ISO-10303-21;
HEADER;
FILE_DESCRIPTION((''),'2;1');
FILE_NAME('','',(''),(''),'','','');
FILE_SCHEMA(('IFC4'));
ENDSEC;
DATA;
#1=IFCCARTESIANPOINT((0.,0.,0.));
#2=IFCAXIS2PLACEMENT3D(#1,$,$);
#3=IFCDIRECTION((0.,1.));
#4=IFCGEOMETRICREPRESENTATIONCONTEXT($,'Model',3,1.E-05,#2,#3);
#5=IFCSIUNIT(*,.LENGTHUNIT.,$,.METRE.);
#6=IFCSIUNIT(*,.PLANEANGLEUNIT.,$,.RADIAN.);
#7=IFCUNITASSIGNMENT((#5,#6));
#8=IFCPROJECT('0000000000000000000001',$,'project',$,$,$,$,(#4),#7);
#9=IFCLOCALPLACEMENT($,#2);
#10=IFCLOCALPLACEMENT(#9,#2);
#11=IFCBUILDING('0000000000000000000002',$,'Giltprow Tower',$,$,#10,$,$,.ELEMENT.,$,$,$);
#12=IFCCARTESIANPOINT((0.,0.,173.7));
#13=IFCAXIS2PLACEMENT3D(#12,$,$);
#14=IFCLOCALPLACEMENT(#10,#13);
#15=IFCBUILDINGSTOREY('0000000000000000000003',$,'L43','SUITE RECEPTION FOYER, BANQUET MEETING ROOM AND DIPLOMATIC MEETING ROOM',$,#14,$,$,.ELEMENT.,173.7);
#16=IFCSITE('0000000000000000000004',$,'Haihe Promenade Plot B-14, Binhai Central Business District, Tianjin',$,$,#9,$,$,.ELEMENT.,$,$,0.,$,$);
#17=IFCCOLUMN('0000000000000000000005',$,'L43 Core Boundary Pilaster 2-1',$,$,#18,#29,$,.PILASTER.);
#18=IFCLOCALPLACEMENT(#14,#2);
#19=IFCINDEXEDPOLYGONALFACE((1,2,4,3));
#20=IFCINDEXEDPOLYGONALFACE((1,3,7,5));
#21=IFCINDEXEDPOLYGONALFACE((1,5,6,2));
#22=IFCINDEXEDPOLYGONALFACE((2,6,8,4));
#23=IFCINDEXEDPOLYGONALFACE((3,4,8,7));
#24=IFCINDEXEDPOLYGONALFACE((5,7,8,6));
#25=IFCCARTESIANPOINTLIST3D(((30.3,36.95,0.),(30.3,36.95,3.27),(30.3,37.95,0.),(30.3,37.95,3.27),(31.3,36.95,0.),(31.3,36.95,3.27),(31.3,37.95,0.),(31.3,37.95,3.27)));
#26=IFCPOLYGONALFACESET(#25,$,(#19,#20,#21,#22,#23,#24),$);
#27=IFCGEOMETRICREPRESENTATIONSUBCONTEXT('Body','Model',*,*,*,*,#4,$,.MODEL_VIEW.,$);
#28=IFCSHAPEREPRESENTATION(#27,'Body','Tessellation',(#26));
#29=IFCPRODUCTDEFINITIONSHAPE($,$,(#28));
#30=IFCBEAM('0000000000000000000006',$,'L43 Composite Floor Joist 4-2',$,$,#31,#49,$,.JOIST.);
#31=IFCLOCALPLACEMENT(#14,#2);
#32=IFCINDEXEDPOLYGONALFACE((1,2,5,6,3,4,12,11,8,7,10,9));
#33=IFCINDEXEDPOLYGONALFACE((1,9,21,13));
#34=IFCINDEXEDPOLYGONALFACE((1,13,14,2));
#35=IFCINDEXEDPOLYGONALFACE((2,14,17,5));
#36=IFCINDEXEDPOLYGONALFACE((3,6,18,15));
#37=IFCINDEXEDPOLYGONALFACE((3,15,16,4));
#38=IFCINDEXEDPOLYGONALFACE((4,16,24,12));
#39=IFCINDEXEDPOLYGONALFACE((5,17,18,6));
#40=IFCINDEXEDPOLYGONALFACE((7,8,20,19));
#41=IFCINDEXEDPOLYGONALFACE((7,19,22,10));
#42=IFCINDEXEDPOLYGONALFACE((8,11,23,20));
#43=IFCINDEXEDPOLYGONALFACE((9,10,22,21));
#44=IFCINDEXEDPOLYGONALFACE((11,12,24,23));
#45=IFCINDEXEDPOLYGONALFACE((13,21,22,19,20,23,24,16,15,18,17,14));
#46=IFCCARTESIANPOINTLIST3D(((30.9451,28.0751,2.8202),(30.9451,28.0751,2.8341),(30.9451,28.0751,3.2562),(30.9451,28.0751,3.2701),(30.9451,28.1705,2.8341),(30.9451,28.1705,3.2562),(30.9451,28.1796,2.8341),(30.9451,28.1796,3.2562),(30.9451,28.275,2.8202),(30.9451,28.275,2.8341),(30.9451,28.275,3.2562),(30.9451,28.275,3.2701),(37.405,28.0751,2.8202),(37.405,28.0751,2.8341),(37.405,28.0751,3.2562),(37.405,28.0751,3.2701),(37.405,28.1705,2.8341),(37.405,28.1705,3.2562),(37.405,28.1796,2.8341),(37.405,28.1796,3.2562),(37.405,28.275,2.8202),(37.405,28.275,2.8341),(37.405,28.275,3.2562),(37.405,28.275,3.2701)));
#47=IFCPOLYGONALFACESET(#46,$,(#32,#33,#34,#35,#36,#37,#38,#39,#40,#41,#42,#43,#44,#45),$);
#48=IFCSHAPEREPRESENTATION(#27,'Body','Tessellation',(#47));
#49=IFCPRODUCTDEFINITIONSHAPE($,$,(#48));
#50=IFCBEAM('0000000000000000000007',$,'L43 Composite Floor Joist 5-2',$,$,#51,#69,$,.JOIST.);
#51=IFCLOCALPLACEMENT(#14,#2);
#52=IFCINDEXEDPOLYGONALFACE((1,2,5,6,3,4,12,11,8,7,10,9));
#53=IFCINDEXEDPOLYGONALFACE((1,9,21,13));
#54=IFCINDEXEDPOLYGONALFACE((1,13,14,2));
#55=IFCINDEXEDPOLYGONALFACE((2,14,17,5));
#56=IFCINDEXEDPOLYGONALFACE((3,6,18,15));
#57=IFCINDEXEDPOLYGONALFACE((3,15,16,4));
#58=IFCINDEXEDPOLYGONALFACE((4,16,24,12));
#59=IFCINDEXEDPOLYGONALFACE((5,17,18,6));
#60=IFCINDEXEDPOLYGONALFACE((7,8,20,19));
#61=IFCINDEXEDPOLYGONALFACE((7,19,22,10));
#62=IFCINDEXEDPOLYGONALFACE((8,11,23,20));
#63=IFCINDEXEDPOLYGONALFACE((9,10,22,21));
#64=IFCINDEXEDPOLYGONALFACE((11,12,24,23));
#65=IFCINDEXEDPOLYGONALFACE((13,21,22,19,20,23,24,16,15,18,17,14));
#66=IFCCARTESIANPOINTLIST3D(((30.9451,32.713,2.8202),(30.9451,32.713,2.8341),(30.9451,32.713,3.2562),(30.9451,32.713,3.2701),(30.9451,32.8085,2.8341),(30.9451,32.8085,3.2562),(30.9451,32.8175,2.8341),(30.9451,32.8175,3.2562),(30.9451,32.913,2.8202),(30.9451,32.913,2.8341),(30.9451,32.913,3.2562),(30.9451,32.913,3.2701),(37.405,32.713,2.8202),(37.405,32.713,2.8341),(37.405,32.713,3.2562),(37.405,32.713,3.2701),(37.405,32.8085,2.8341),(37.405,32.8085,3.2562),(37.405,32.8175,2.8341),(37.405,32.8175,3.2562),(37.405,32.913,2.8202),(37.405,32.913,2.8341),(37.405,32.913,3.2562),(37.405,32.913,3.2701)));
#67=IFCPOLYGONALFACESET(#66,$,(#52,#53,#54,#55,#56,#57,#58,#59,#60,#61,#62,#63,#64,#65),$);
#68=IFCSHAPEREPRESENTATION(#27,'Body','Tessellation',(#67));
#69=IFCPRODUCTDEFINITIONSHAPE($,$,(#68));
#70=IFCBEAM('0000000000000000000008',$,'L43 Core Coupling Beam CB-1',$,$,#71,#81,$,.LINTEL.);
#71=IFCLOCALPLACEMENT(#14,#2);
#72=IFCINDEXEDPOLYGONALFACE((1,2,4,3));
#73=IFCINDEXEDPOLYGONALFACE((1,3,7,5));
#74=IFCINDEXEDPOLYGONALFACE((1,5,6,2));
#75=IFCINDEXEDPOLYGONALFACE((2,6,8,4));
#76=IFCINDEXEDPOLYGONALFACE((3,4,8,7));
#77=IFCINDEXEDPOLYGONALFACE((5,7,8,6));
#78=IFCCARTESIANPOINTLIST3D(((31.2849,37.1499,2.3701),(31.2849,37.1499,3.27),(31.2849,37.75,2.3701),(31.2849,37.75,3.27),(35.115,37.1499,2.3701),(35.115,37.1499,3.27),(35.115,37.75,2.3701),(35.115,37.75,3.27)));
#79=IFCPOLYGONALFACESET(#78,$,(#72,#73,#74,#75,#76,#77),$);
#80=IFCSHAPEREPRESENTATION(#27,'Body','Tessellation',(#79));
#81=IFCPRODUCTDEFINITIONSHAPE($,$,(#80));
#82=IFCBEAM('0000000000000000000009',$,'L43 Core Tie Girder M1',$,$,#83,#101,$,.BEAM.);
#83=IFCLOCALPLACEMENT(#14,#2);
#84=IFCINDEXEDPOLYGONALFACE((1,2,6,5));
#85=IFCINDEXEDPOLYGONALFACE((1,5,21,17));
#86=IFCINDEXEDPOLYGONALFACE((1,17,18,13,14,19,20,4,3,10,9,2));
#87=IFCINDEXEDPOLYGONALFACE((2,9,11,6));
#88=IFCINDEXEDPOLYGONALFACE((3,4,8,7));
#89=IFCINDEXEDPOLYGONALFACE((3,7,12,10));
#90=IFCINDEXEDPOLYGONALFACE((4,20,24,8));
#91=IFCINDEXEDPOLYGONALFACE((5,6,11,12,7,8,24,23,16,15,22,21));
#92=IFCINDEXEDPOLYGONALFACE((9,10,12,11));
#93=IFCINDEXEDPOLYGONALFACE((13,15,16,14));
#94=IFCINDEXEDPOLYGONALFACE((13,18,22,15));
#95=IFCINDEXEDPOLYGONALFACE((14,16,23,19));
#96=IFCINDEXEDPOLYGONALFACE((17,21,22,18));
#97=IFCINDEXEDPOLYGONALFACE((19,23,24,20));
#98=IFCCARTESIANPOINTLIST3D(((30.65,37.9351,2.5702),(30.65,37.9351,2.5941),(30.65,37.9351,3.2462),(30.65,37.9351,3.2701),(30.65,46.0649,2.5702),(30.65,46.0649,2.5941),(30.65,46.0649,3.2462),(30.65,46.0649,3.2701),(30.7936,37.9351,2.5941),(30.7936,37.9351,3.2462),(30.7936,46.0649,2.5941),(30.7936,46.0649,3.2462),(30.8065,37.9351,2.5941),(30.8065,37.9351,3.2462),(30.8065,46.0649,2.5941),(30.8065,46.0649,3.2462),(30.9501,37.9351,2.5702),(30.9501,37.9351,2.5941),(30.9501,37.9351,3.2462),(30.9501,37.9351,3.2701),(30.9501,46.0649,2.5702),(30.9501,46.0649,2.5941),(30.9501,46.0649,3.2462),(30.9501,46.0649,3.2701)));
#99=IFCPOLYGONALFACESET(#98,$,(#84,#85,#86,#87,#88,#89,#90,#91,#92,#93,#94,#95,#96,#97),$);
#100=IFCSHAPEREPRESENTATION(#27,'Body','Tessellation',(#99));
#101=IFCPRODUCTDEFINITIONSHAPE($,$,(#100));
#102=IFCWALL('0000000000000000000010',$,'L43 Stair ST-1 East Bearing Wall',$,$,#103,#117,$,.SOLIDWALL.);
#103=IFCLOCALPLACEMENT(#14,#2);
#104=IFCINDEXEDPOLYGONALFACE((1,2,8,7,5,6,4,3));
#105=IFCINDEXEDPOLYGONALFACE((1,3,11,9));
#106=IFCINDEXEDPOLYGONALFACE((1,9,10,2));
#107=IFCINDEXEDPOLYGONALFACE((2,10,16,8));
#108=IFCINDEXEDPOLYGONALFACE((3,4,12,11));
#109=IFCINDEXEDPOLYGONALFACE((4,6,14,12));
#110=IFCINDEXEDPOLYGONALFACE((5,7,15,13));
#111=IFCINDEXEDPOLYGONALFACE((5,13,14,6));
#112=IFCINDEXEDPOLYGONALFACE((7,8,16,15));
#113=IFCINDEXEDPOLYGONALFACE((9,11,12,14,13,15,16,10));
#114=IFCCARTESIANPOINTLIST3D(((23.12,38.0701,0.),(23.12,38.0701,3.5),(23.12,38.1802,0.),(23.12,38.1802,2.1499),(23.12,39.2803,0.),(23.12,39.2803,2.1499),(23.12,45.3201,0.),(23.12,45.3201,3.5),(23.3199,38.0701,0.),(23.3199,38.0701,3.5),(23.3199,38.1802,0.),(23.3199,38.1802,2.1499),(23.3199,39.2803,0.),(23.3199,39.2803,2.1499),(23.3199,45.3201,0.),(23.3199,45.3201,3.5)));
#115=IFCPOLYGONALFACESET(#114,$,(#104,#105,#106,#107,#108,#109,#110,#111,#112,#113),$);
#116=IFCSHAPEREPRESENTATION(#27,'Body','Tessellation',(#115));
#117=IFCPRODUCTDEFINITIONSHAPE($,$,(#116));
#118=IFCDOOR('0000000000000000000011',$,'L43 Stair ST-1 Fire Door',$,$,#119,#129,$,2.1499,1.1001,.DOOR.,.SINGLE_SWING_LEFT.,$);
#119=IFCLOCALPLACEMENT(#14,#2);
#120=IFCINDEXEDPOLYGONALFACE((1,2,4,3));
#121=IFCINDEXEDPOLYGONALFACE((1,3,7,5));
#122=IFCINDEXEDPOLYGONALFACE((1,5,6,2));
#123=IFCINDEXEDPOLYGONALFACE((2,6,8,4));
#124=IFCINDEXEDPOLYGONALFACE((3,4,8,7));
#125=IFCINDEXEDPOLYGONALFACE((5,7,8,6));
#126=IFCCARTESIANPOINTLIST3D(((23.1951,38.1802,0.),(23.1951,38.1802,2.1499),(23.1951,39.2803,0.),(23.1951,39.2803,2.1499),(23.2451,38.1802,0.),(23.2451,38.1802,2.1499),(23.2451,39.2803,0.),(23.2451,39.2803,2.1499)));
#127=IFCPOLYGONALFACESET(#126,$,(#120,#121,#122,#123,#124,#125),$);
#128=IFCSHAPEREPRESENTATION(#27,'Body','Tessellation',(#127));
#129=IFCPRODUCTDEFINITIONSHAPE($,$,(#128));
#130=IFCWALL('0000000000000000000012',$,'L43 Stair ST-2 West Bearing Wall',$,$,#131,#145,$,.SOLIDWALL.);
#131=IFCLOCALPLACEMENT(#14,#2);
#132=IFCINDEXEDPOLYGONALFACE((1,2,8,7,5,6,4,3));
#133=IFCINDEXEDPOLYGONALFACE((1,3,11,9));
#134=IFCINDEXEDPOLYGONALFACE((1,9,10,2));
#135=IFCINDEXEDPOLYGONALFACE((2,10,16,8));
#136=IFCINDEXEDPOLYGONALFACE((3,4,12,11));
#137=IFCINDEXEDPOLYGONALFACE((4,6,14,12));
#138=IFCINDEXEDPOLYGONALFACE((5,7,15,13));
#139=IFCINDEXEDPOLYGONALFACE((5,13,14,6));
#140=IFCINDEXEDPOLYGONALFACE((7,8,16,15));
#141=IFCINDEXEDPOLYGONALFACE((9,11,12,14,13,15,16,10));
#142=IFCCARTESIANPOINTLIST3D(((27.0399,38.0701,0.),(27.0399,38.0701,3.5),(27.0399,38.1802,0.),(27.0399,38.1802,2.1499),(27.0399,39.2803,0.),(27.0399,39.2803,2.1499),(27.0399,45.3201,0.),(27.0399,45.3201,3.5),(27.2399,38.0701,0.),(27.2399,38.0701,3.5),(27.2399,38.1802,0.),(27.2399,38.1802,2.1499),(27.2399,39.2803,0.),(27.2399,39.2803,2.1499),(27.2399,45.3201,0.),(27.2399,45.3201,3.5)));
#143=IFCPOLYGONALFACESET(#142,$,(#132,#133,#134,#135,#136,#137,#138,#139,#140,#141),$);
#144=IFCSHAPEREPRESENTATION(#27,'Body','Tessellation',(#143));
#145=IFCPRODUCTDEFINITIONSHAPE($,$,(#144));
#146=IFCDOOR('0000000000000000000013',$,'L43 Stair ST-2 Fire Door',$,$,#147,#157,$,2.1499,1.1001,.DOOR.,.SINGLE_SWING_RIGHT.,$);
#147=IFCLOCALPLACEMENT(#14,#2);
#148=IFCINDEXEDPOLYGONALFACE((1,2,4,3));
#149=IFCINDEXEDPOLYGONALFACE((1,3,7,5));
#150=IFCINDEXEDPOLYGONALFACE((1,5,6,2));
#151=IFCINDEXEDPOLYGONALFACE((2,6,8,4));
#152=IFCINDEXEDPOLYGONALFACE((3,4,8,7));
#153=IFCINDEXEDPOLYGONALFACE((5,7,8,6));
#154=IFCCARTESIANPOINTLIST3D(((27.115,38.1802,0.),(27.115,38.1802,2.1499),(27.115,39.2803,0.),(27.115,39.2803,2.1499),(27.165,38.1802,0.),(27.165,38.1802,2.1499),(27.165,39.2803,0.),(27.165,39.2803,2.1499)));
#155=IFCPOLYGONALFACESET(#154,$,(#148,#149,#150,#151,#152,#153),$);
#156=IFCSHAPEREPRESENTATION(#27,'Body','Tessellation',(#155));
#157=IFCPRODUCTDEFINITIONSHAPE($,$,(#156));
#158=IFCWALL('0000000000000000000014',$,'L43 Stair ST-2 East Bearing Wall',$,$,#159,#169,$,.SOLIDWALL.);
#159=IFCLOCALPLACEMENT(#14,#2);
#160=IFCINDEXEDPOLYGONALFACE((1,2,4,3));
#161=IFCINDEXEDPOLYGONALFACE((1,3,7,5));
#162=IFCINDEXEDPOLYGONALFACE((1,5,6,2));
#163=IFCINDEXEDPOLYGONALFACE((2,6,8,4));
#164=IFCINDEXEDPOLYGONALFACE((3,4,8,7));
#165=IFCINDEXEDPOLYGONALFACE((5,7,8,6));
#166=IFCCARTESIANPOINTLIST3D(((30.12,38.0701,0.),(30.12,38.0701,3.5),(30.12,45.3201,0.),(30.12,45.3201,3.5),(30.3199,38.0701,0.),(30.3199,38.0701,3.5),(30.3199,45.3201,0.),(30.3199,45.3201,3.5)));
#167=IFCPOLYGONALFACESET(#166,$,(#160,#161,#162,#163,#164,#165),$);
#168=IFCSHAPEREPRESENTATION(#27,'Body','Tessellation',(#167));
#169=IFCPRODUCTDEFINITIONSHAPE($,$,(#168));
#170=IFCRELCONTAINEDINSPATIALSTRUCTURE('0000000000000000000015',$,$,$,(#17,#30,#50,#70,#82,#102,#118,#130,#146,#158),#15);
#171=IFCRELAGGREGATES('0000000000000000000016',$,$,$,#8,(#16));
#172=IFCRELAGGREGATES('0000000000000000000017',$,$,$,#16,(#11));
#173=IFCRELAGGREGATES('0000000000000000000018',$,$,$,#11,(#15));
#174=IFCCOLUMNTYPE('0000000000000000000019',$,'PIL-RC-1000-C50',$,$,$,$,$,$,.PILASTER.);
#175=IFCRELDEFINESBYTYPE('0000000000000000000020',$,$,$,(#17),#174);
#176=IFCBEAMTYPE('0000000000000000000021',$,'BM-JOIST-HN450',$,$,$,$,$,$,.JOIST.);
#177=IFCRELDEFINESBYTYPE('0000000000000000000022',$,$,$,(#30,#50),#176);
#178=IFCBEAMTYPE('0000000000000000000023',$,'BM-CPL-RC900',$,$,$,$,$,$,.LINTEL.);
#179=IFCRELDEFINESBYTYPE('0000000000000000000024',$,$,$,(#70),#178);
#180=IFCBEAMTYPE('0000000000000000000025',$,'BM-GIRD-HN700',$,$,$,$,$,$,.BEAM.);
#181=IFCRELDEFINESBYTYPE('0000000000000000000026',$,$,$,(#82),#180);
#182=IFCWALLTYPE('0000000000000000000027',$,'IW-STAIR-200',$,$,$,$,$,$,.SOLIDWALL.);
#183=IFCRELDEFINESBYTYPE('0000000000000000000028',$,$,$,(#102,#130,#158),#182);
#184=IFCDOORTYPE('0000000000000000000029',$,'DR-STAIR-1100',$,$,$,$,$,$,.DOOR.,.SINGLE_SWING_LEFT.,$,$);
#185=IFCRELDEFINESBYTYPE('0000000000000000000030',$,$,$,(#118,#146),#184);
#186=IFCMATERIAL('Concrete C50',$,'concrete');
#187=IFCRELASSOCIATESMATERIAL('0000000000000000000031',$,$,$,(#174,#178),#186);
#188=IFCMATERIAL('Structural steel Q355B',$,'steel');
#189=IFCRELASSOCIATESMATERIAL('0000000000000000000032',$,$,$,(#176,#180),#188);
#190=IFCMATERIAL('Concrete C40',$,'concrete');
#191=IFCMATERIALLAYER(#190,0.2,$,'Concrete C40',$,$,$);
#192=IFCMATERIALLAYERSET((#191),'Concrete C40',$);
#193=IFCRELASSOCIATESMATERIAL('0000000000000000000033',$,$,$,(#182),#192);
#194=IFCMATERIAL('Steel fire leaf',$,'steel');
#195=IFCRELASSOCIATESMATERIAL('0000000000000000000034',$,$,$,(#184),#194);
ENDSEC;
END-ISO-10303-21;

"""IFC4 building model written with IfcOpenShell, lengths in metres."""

from ifc_helpers import new_model, si_unit, direction, frame, frame_2d, origin, origin_2d, place, context, subcontext, project, spatial, rectangle, i_section, extrude, source, transform, mapped, material, layer, layer_set, material_profile, profile_set, type_object, element, fill, save


model = new_model("IFC4")

# Units and contexts
model_context = context("Model", 3, precision=1e-05, world=origin(), true_north=direction((0.0, 1.0)))
body_context = subcontext(model_context, "Body", "Model", "MODEL_VIEW")
ifc_project = project(units=[si_unit("LENGTHUNIT", "METRE"), si_unit("PLANEANGLEUNIT", "RADIAN")], contexts=[model_context])

# Site, building, storey
site_placement = place(None, origin())
site = spatial("IfcSite", under=ifc_project, at=site_placement, Name="Haihe Promenade Plot B-14, Binhai Central Business District, Tianjin", CompositionType="ELEMENT", RefElevation=0.0)
building_placement = place(site_placement, origin())
building = spatial("IfcBuilding", under=site, at=building_placement, Name="Giltprow Tower", CompositionType="ELEMENT")
storey_placement = place(building_placement, frame((0.0, 0.0, 173.7)))
storey = spatial("IfcBuildingStorey", under=building, at=storey_placement, Name="L43", Description="SUITE RECEPTION FOYER, BANQUET MEETING ROOM AND DIPLOMATIC MEETING ROOM", CompositionType="ELEMENT", Elevation=173.7)

# Column
ifc_material_1 = material(Name="Concrete C50", Category="concrete")
ifc_material_profile_1 = material_profile(ifc_material_1, rectangle(XDim=1.0, YDim=1.0, at=origin_2d()), Name="RC 1000x1000")
ifc_profile_set_1 = profile_set([ifc_material_profile_1], Name="Concrete C50")
column_type = type_object("IfcColumnType", Name="PIL-RC-1000-C50", PredefinedType="PILASTER", material=ifc_profile_set_1)
shared_shape_1 = source(origin(), body_context, "Body", "SweptSolid", [
    extrude(rectangle(XDim=1.0, YDim=1.0, at=origin_2d()), origin(), (0.0, 0.0, 1.0), 3.27),
])
column_placement = place(storey_placement, frame((30.8, 37.45, 0.0), z_axis=(0.0, 0.0, 1.0), x_axis=(1.0, 0.0, 0.0)))
element("IfcColumn", 1, at=column_placement, inside=storey, type_object=column_type, Name="L43 Core Boundary Pilaster 2-1", PredefinedType="PILASTER", context=body_context, shape_type="MappedRepresentation", body=[
    mapped(shared_shape_1, transform((0.0, 0.0, 0.0), x_axis=(1.0, 0.0, 0.0), y_axis=(0.0, 1.0, 0.0), z_axis=(0.0, 0.0, 1.0), scale=1.0)),
])

# Beams
ifc_material_2 = material(Name="Structural steel Q355B", Category="steel")
ifc_material_profile_2 = material_profile(ifc_material_2, i_section(OverallWidth=0.2, OverallDepth=0.45, WebThickness=0.009, FlangeThickness=0.0139, at=origin_2d()), Name="HN 450x200x9x14")
ifc_profile_set_2 = profile_set([ifc_material_profile_2], Name="Structural steel Q355B")
beam_type_1 = type_object("IfcBeamType", Name="BM-JOIST-HN450", PredefinedType="JOIST", material=ifc_profile_set_2)
shared_shape_2 = source(origin(), body_context, "Body", "SweptSolid", [
    extrude(i_section(OverallWidth=0.2, OverallDepth=0.45, WebThickness=0.009, FlangeThickness=0.0139, at=origin_2d()), origin(), (0.0, 0.0, 1.0), 6.46),
])
for number, where, z_axis, x_axis, name in (
    (2, (30.9451, 28.175, 3.0452), (1.0, 0.0, 0.0), (0.0, 1.0, 0.0), "L43 Composite Floor Joist 4-2"),
    (3, (30.9451, 32.813, 3.0452), (1.0, 0.0, 0.0), (0.0, 1.0, 0.0), "L43 Composite Floor Joist 5-2"),
):
    element("IfcBeam", number, at=place(storey_placement, frame(where, z_axis=z_axis, x_axis=x_axis)), inside=storey, type_object=beam_type_1, Name=name, PredefinedType="JOIST", context=body_context, shape_type="MappedRepresentation", body=[
        mapped(shared_shape_2, transform((0.0, 0.0, 0.0), x_axis=(1.0, 0.0, 0.0), y_axis=(0.0, 1.0, 0.0), z_axis=(0.0, 0.0, 1.0), scale=1.0)),
    ])
ifc_material_profile_3 = material_profile(ifc_material_1, rectangle(XDim=0.6001, YDim=0.8999, at=origin_2d()), Name="RC 900x600")
ifc_profile_set_3 = profile_set([ifc_material_profile_3], Name="Concrete C50")
beam_type_2 = type_object("IfcBeamType", Name="BM-CPL-RC900", PredefinedType="LINTEL", material=ifc_profile_set_3)
shared_shape_3 = source(origin(), body_context, "Body", "SweptSolid", [
    extrude(rectangle(XDim=0.6001, YDim=0.8999, at=origin_2d()), origin(), (0.0, 0.0, 1.0), 3.8301),
])
beam_1_placement = place(storey_placement, frame((31.2849, 37.45, 2.8201), z_axis=(1.0, 0.0, 0.0), x_axis=(0.0, 1.0, 0.0)))
element("IfcBeam", 4, at=beam_1_placement, inside=storey, type_object=beam_type_2, Name="L43 Core Coupling Beam CB-1", PredefinedType="LINTEL", context=body_context, shape_type="MappedRepresentation", body=[
    mapped(shared_shape_3, transform((0.0, 0.0, 0.0), x_axis=(1.0, 0.0, 0.0), y_axis=(0.0, 1.0, 0.0), z_axis=(0.0, 0.0, 1.0), scale=1.0)),
])
ifc_material_profile_4 = material_profile(ifc_material_2, i_section(OverallWidth=0.3, OverallDepth=0.7, WebThickness=0.0129, FlangeThickness=0.0239, at=origin_2d()), Name="HN 700x300x13x24")
ifc_profile_set_4 = profile_set([ifc_material_profile_4], Name="Structural steel Q355B")
beam_type_3 = type_object("IfcBeamType", Name="BM-GIRD-HN700", PredefinedType="BEAM", material=ifc_profile_set_4)
shared_shape_4 = source(origin(), body_context, "Body", "SweptSolid", [
    extrude(i_section(OverallWidth=0.3, OverallDepth=0.7, WebThickness=0.0129, FlangeThickness=0.0239, at=origin_2d()), origin(), (0.0, 0.0, 1.0), 8.1299),
])
beam_2_placement = place(storey_placement, frame((30.8, 37.9351, 2.9202), z_axis=(0.0, 1.0, 0.0), x_axis=(-1.0, 0.0, 0.0)))
element("IfcBeam", 5, at=beam_2_placement, inside=storey, type_object=beam_type_3, Name="L43 Core Tie Girder M1", PredefinedType="BEAM", context=body_context, shape_type="MappedRepresentation", body=[
    mapped(shared_shape_4, transform((0.0, 0.0, 0.0), x_axis=(1.0, 0.0, 0.0), y_axis=(0.0, 1.0, 0.0), z_axis=(0.0, 0.0, 1.0), scale=1.0)),
])

# Walls, openings, doors
ifc_material_3 = material(Name="Concrete C40", Category="concrete")
ifc_layer_1 = layer(ifc_material_3, 0.2, Name="Concrete C40")
ifc_layer_set_1 = layer_set([ifc_layer_1], Name="Concrete C40")
wall_type_1 = type_object("IfcWallType", Name="IW-STAIR-200", PredefinedType="SOLIDWALL", material=ifc_layer_set_1)
wall_1_placement = place(storey_placement, frame((23.22, 38.0701, 0.0), z_axis=(0.0, 0.0, 1.0), x_axis=(0.0, 1.0, 0.0)))
wall_1 = element("IfcWall", 6, at=wall_1_placement, inside=storey, type_object=wall_type_1, Name="L43 Stair ST-1 East Bearing Wall", PredefinedType="SOLIDWALL", context=body_context, shape_type="SweptSolid", body=[
    extrude(rectangle(XDim=7.25, YDim=0.2, at=frame_2d((3.625, 0.0))), origin(), (0.0, 0.0, 1.0), 3.5),
])
opening_1_placement = place(wall_1_placement, frame((0.1101, 0.0, 0.0)))
opening_1 = element("IfcOpeningElement", 7, at=opening_1_placement, cuts=wall_1, PredefinedType="OPENING", context=body_context, shape_type="SweptSolid", body=[
    extrude(rectangle(XDim=1.1001, YDim=2.1499, at=frame_2d((0.55, 1.075))), frame((0.0, 0.1099, 0.0), z_axis=(0.0, -1.0, 0.0), x_axis=(1.0, 0.0, 0.0)), (0.0, 0.0, 1.0), 0.22),
])
ifc_material_4 = material(Name="Steel fire leaf", Category="steel")
door_type_1 = type_object("IfcDoorType", Name="DR-STAIR-1100", OperationType="SINGLE_SWING_LEFT", PredefinedType="DOOR", material=ifc_material_4)
shared_shape_5 = source(origin(), body_context, "Body", "SweptSolid", [
    extrude(rectangle(XDim=1.1001, YDim=2.1499, at=frame_2d((0.55, 1.075))), frame((0.0, 0.0249, 0.0), z_axis=(0.0, -1.0, 0.0), x_axis=(1.0, 0.0, 0.0)), (0.0, 0.0, 1.0), 0.05),
])
door_1_placement = place(opening_1_placement, origin())
door_1 = element("IfcDoor", 8, at=door_1_placement, inside=storey, type_object=door_type_1, Name="L43 Stair ST-1 Fire Door", OperationType="SINGLE_SWING_LEFT", OverallHeight=2.1499, OverallWidth=1.1001, PredefinedType="DOOR", context=body_context, shape_type="MappedRepresentation", body=[
    mapped(shared_shape_5, transform((0.0, 0.0, 0.0), x_axis=(1.0, 0.0, 0.0), y_axis=(0.0, 1.0, 0.0), z_axis=(0.0, 0.0, 1.0), scale=1.0)),
])
fill(opening_1, door_1)
wall_2_placement = place(storey_placement, frame((27.1399, 38.0701, 0.0), z_axis=(0.0, 0.0, 1.0), x_axis=(0.0, 1.0, 0.0)))
wall_2 = element("IfcWall", 9, at=wall_2_placement, inside=storey, type_object=wall_type_1, Name="L43 Stair ST-2 West Bearing Wall", PredefinedType="SOLIDWALL", context=body_context, shape_type="SweptSolid", body=[
    extrude(rectangle(XDim=7.25, YDim=0.2, at=frame_2d((3.625, 0.0))), origin(), (0.0, 0.0, 1.0), 3.5),
])
opening_2_placement = place(wall_2_placement, frame((0.1101, 0.0, 0.0)))
opening_2 = element("IfcOpeningElement", 10, at=opening_2_placement, cuts=wall_2, PredefinedType="OPENING", context=body_context, shape_type="SweptSolid", body=[
    extrude(rectangle(XDim=1.1001, YDim=2.1499, at=frame_2d((0.55, 1.075))), frame((0.0, 0.1099, 0.0), z_axis=(0.0, -1.0, 0.0), x_axis=(1.0, 0.0, 0.0)), (0.0, 0.0, 1.0), 0.22),
])
door_2_placement = place(opening_2_placement, origin())
door_2 = element("IfcDoor", 11, at=door_2_placement, inside=storey, type_object=door_type_1, Name="L43 Stair ST-2 Fire Door", OperationType="SINGLE_SWING_RIGHT", OverallHeight=2.1499, OverallWidth=1.1001, PredefinedType="DOOR", context=body_context, shape_type="MappedRepresentation", body=[
    mapped(shared_shape_5, transform((0.0, 0.0, 0.0), x_axis=(1.0, 0.0, 0.0), y_axis=(0.0, 1.0, 0.0), z_axis=(0.0, 0.0, 1.0), scale=1.0)),
])
fill(opening_2, door_2)

# Wall
wall_3_placement = place(storey_placement, frame((30.22, 38.0701, 0.0), z_axis=(0.0, 0.0, 1.0), x_axis=(0.0, 1.0, 0.0)))
element("IfcWall", 12, at=wall_3_placement, inside=storey, type_object=wall_type_1, Name="L43 Stair ST-2 East Bearing Wall", PredefinedType="SOLIDWALL", context=body_context, shape_type="SweptSolid", body=[
    extrude(rectangle(XDim=7.25, YDim=0.2, at=frame_2d((3.625, 0.0))), origin(), (0.0, 0.0, 1.0), 3.5),
])

save(model, "model.ifc")
